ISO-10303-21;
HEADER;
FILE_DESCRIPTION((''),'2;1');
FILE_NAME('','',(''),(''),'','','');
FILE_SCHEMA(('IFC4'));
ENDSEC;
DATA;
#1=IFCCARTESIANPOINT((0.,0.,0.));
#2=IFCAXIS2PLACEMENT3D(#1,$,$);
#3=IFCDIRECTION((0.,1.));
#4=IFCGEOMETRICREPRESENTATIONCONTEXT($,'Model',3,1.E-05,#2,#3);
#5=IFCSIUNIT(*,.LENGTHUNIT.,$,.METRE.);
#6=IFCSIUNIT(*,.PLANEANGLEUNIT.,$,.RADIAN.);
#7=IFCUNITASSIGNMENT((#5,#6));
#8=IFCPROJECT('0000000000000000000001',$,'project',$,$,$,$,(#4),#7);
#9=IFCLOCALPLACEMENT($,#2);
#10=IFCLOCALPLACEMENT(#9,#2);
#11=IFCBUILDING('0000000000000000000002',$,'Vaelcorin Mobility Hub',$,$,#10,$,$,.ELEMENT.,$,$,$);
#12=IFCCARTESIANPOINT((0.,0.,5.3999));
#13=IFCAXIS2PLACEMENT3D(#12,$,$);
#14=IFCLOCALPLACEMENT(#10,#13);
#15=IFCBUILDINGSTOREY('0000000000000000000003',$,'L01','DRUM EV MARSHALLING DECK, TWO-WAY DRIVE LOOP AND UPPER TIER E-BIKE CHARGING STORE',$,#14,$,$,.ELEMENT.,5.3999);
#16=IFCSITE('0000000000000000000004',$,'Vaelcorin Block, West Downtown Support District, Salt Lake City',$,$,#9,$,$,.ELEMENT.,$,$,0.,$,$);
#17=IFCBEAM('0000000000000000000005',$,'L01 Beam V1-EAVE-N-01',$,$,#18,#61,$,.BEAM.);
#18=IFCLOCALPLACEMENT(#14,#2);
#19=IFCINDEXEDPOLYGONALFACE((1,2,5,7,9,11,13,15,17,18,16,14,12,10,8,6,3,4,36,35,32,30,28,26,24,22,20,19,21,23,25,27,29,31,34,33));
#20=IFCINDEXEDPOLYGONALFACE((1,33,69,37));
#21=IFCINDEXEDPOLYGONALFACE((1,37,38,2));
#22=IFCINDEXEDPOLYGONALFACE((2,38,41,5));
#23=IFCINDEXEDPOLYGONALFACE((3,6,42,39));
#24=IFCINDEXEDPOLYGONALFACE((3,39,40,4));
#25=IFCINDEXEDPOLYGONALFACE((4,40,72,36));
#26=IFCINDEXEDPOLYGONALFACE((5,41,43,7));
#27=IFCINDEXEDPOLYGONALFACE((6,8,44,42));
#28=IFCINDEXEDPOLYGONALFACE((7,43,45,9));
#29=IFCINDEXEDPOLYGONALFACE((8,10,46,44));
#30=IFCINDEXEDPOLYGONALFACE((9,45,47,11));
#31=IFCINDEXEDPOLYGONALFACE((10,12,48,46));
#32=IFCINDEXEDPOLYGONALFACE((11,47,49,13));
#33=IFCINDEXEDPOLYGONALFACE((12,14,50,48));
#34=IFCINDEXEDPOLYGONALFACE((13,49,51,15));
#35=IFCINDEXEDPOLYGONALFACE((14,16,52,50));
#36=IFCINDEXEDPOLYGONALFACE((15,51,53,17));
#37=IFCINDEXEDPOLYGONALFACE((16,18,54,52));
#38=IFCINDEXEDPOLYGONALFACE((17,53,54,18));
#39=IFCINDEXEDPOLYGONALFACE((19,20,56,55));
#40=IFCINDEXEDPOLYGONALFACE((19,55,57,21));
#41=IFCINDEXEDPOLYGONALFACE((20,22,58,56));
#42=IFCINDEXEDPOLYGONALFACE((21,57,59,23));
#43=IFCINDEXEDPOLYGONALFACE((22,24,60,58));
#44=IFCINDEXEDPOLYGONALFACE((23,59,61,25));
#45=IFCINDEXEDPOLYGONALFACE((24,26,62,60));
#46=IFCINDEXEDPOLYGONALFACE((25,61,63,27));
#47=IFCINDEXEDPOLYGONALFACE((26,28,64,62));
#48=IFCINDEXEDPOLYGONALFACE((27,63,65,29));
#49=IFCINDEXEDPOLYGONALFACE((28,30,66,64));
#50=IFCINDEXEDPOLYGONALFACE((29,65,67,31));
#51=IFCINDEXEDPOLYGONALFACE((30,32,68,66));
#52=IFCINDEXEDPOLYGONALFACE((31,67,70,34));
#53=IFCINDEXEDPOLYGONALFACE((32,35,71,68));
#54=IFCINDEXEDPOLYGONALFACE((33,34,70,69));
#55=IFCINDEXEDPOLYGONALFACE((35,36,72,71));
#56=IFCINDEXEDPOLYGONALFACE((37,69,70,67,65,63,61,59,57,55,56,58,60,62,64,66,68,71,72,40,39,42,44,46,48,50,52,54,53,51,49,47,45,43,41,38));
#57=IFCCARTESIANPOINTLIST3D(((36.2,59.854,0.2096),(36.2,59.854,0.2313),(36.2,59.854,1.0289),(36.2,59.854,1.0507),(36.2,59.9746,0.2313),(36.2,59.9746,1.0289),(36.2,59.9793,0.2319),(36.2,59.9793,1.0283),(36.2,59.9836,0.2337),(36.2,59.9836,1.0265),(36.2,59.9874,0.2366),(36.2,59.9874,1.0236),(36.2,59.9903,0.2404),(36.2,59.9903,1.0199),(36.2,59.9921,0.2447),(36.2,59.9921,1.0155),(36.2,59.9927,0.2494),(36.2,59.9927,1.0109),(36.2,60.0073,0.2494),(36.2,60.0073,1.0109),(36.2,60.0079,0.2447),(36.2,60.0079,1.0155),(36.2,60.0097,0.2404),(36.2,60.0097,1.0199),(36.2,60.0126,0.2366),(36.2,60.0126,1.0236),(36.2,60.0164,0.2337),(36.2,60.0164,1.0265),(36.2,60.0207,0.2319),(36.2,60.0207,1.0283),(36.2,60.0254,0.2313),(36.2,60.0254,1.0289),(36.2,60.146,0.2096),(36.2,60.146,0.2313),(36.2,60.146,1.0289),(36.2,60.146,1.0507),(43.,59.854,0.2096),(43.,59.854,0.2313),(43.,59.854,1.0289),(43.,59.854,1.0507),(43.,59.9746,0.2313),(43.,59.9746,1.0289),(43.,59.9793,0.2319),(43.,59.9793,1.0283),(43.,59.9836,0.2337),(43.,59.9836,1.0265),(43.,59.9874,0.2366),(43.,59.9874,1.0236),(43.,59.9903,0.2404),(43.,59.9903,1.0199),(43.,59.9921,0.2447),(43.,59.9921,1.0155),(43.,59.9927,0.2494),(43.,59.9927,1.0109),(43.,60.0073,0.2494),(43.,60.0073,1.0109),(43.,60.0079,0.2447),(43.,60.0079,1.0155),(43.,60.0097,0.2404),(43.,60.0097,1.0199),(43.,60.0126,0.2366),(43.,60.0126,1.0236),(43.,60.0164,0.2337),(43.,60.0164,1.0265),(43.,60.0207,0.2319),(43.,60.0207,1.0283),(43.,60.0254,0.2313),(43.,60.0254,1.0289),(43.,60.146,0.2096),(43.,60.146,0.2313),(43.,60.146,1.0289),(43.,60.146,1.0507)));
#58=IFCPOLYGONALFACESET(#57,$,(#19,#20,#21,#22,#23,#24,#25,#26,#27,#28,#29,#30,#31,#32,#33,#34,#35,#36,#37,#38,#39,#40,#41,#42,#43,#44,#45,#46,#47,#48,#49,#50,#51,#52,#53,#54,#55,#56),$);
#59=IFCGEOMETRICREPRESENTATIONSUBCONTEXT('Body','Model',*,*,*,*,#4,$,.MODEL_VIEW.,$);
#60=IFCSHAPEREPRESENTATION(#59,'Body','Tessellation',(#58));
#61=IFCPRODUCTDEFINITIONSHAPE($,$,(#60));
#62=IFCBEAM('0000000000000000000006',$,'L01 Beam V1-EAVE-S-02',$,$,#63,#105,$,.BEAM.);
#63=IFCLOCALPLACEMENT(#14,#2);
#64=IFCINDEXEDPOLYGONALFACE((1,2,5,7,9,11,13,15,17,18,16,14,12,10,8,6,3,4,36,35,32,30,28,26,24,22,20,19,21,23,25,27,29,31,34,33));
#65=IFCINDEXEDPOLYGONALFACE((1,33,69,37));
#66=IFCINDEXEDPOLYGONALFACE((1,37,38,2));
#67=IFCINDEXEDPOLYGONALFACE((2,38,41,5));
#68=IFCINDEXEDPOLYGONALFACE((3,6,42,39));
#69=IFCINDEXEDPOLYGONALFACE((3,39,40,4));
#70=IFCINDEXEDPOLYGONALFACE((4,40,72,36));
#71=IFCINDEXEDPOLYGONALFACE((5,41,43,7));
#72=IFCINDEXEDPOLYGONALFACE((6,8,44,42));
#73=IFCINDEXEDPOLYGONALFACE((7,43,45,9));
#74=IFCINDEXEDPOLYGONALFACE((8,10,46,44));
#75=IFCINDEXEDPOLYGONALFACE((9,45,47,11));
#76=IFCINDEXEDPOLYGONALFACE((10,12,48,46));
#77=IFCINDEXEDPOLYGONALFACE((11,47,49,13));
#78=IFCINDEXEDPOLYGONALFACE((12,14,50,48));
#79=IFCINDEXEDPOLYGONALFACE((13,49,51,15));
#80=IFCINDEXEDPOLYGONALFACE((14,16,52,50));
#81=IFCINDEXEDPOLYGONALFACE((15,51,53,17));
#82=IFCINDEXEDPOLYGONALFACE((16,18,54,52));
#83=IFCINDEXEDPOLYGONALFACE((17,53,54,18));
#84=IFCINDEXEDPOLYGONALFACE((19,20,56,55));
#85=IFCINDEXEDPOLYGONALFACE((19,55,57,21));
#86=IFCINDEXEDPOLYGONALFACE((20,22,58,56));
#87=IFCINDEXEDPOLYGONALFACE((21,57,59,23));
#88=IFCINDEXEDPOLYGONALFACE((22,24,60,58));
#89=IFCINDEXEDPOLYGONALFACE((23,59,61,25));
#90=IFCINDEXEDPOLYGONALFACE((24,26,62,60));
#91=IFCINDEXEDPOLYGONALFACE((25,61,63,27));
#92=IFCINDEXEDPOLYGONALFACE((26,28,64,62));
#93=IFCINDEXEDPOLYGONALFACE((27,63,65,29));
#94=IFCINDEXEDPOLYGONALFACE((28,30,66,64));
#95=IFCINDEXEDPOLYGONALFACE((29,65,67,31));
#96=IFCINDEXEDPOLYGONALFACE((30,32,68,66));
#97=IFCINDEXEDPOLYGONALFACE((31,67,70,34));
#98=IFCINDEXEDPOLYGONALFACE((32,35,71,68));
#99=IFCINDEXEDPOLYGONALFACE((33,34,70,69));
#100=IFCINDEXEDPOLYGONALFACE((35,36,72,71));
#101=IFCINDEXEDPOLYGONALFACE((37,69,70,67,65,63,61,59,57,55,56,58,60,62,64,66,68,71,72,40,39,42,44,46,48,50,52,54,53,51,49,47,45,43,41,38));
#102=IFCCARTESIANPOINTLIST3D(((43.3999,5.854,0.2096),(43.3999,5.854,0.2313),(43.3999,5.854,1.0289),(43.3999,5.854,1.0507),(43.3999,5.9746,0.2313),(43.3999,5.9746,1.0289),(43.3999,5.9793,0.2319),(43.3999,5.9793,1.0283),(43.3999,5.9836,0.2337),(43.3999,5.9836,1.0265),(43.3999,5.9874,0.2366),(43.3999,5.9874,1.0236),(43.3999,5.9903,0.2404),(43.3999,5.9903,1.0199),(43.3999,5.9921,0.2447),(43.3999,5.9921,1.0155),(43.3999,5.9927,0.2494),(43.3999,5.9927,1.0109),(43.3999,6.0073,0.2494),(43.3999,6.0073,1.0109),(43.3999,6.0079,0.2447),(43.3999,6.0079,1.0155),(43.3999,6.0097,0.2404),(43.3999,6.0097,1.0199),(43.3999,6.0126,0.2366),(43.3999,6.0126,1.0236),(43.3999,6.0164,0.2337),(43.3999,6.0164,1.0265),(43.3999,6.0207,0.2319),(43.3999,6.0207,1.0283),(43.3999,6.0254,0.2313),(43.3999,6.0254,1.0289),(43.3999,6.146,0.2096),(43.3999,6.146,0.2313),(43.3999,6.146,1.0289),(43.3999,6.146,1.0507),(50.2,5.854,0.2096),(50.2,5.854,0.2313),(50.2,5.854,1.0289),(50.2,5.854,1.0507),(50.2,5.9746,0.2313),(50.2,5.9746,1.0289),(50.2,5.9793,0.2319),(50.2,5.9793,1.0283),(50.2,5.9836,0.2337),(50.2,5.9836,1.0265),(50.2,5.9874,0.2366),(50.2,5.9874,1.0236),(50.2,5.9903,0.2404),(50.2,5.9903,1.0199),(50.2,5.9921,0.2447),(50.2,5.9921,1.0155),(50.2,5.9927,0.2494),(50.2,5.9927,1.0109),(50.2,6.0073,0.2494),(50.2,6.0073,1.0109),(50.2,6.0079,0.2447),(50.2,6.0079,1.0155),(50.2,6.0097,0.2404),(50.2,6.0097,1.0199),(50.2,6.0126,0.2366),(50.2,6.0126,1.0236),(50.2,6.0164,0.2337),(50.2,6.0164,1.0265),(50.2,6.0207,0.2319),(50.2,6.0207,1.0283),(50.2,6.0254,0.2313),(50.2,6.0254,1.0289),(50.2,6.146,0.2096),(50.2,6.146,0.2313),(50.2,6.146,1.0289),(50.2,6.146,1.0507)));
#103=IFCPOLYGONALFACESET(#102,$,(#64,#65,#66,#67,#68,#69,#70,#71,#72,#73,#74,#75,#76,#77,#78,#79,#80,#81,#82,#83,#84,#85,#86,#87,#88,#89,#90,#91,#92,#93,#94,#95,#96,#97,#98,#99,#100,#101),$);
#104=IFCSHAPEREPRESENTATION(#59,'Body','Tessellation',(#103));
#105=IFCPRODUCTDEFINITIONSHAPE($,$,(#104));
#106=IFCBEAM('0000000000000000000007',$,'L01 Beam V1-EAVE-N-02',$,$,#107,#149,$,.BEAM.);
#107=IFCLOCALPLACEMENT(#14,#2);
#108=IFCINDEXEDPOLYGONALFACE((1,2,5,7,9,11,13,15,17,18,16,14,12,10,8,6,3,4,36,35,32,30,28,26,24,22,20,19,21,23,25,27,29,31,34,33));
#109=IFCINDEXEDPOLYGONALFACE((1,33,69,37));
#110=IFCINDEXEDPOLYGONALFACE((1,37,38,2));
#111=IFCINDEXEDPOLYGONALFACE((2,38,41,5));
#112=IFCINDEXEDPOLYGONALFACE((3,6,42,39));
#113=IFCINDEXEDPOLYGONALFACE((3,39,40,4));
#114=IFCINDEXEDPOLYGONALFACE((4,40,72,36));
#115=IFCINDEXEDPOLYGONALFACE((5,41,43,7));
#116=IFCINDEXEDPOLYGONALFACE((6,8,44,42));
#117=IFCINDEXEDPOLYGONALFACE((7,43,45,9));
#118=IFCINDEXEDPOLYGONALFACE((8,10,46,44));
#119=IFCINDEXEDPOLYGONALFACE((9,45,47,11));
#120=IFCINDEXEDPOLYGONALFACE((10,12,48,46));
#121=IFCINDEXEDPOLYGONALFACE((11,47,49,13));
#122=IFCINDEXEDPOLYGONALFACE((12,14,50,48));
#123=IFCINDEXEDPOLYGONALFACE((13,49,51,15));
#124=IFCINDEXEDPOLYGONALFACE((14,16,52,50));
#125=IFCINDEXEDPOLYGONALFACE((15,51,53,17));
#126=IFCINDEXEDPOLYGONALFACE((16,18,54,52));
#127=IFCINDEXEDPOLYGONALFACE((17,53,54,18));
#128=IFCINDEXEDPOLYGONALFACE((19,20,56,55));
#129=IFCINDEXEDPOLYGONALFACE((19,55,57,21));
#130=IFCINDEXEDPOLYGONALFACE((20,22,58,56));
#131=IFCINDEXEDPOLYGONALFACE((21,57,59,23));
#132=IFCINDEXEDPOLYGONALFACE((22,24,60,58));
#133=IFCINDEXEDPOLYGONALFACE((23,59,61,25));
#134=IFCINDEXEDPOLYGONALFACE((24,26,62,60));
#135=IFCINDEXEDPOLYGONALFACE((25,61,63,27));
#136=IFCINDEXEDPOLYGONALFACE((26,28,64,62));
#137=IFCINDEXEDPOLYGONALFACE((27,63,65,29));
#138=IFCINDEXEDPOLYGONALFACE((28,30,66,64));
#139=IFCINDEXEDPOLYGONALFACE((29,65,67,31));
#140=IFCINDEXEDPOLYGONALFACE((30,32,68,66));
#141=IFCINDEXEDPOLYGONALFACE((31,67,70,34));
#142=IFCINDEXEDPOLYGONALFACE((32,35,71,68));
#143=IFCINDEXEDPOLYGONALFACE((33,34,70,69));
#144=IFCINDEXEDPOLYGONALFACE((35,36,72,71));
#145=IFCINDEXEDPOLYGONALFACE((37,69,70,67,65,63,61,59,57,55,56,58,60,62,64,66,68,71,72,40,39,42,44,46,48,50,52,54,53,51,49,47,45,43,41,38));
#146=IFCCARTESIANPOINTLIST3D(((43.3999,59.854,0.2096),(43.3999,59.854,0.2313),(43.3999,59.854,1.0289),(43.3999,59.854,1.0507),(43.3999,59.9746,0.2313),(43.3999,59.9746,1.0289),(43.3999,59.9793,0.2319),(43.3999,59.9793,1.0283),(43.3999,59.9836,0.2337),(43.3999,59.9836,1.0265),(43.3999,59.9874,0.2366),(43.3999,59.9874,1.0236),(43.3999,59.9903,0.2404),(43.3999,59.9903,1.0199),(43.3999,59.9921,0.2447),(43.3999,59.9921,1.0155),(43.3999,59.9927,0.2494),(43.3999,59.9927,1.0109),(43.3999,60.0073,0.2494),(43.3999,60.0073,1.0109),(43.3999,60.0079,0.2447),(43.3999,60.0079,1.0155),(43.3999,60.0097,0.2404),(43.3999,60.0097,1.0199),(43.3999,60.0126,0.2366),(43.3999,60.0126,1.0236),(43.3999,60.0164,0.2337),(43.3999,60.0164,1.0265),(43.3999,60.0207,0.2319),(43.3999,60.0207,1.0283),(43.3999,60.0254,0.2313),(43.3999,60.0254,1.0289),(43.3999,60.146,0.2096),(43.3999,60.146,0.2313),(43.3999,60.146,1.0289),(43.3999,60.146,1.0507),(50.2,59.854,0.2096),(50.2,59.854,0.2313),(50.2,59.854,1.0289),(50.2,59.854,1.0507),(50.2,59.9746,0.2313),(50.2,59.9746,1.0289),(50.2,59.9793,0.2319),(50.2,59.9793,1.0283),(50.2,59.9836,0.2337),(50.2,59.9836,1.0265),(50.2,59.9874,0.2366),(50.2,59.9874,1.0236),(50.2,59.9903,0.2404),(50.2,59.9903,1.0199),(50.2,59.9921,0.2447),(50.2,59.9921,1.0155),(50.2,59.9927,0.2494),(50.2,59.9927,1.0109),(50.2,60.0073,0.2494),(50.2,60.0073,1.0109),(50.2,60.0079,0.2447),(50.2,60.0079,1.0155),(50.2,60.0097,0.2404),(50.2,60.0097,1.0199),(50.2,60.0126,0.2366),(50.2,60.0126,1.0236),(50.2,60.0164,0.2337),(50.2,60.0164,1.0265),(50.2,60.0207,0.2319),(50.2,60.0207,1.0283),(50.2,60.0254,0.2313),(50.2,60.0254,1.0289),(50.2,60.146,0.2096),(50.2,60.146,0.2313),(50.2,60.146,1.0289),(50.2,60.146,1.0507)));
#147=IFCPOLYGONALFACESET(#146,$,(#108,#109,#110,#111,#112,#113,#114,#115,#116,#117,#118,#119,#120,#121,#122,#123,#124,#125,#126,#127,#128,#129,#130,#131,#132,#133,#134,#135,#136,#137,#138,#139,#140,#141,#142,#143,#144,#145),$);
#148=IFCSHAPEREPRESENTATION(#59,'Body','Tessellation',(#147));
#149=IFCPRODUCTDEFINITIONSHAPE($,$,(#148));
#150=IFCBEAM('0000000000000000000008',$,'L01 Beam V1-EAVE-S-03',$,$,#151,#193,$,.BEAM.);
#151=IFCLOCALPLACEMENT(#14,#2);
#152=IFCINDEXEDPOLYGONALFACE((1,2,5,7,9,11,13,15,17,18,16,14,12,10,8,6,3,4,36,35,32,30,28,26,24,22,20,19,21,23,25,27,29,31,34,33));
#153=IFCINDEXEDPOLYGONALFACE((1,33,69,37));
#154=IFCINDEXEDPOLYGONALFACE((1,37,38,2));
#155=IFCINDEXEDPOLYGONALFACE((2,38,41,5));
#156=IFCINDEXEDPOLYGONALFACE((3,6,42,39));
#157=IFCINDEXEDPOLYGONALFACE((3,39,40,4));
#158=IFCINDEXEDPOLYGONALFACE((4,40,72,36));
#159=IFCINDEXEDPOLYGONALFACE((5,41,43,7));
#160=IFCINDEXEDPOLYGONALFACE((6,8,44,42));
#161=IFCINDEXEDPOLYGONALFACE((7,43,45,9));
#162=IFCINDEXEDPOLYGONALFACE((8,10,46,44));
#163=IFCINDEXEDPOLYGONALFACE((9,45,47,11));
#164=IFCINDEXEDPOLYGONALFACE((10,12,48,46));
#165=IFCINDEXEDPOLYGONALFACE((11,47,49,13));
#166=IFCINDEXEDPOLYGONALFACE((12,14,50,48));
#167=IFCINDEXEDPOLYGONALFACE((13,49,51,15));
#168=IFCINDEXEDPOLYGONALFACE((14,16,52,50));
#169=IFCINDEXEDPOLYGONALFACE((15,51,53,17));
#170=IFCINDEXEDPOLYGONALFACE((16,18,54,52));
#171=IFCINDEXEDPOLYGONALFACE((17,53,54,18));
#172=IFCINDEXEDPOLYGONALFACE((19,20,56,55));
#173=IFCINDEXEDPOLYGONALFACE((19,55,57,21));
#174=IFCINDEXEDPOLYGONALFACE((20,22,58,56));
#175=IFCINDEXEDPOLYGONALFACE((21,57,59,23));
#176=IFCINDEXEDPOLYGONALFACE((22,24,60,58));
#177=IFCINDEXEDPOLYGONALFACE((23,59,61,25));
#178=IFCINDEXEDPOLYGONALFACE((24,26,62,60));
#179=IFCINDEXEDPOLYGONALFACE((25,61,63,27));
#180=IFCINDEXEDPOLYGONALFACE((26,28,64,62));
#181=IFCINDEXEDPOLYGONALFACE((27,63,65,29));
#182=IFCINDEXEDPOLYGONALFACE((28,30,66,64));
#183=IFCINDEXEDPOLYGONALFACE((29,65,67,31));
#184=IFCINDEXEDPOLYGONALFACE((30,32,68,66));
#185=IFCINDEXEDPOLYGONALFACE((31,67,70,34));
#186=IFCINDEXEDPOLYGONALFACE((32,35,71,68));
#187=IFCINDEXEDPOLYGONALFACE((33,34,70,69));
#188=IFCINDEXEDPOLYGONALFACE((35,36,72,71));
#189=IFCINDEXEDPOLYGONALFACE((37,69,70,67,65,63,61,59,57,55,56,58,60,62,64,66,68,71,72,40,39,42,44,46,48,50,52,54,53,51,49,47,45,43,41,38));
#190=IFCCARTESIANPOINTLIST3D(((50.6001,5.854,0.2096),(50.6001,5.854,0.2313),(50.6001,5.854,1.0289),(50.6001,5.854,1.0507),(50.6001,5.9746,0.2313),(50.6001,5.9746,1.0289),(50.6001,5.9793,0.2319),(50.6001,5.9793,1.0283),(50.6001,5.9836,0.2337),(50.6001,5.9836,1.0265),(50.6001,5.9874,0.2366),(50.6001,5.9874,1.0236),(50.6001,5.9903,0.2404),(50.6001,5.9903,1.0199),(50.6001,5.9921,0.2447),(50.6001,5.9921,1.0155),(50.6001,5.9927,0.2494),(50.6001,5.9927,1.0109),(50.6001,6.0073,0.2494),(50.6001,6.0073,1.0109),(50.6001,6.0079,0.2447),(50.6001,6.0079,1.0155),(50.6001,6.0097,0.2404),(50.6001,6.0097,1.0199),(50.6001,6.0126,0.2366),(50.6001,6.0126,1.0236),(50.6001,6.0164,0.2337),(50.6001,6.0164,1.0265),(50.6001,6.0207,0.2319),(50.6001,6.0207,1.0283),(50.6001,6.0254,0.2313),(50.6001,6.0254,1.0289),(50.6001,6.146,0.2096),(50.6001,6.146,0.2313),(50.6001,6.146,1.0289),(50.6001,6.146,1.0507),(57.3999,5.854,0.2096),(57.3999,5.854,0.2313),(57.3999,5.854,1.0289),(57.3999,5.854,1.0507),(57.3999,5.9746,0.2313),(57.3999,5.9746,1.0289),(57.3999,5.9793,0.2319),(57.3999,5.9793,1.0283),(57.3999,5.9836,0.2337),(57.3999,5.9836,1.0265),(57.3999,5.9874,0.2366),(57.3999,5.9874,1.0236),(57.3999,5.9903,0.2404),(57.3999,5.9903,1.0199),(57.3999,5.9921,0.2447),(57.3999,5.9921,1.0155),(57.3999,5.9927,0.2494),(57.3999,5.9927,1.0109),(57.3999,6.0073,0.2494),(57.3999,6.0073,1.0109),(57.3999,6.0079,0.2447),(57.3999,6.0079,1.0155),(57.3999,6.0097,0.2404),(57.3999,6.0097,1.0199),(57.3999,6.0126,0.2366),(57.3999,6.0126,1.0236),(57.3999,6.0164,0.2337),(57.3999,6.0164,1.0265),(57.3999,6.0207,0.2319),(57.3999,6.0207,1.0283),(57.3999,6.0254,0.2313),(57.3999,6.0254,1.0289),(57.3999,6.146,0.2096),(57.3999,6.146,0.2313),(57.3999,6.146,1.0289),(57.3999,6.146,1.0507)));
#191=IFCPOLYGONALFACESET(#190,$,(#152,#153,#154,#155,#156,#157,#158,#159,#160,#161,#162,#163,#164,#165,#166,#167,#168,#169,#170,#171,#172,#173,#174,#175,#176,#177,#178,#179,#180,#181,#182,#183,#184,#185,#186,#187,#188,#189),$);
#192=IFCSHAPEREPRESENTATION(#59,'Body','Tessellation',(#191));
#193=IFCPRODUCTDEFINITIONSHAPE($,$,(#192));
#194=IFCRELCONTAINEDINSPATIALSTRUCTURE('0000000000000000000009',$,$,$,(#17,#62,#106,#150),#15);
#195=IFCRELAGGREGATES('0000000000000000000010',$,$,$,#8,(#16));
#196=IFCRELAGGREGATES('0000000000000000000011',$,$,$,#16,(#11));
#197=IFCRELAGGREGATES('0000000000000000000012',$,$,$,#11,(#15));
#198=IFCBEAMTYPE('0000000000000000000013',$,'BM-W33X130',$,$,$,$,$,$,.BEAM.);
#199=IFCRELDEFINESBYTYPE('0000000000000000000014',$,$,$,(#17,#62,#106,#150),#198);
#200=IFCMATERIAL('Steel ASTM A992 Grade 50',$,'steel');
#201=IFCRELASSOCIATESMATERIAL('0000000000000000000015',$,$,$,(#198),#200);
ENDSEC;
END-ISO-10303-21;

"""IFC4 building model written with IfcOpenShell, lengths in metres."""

from ifc_helpers import new_model, si_unit, direction, frame, origin, origin_2d, place, context, subcontext, project, spatial, i_section, extrude, material, material_profile, profile_set, type_object, element, save


model = new_model("IFC4")

# Units and contexts
model_context = context("Model", 3, precision=1e-05, world=origin(), true_north=direction((0.0, 1.0)))
body_context = subcontext(model_context, "Body", "Model", "MODEL_VIEW")
ifc_project = project(units=[si_unit("LENGTHUNIT", "METRE"), si_unit("PLANEANGLEUNIT", "RADIAN")], contexts=[model_context])

# Site, building, storey
site_placement = place(None, origin())
site = spatial("IfcSite", under=ifc_project, at=site_placement, Name="Vaelcorin Block, West Downtown Support District, Salt Lake City", CompositionType="ELEMENT", RefElevation=0.0)
building_placement = place(site_placement, origin())
building = spatial("IfcBuilding", under=site, at=building_placement, Name="Vaelcorin Mobility Hub", CompositionType="ELEMENT")
storey_placement = place(building_placement, frame((0.0, 0.0, 5.3999)))
storey = spatial("IfcBuildingStorey", under=building, at=storey_placement, Name="L01", Description="DRUM EV MARSHALLING DECK, TWO-WAY DRIVE LOOP AND UPPER TIER E-BIKE CHARGING STORE", CompositionType="ELEMENT", Elevation=5.3999)

# Shared definitions
ifc_material_1 = material(Name="Steel ASTM A992 Grade 50", Category="steel")

# Beams
ifc_material_profile_1 = material_profile(ifc_material_1, i_section(OverallWidth=0.292, OverallDepth=0.8411, WebThickness=0.0146, FlangeThickness=0.0217, FilletRadius=0.0181, at=origin_2d()), Name="W33X130")
ifc_profile_set_1 = profile_set([ifc_material_profile_1], Name="Steel ASTM A992 Grade 50")
beam_type_1 = type_object("IfcBeamType", Name="BM-W33X130", PredefinedType="BEAM", material=ifc_profile_set_1)
for number, where, z_axis, x_axis, name in (
    (1, (36.2, 60.0, 0.6301), (1.0, 0.0, 0.0), (0.0, 1.0, 0.0), "L01 Beam V1-EAVE-N-01"),
    (2, (43.3999, 6.0, 0.6301), (1.0, 0.0, 0.0), (0.0, 1.0, 0.0), "L01 Beam V1-EAVE-S-02"),
    (3, (43.3999, 60.0, 0.6301), (1.0, 0.0, 0.0), (0.0, 1.0, 0.0), "L01 Beam V1-EAVE-N-02"),
):
    element("IfcBeam", number, at=place(storey_placement, frame(where, z_axis=z_axis, x_axis=x_axis)), inside=storey, type_object=beam_type_1, Name=name, PredefinedType="BEAM", context=body_context, shape_type="SweptSolid", body=[
        extrude(i_section(OverallWidth=0.292, OverallDepth=0.8411, WebThickness=0.0146, FlangeThickness=0.0217, FilletRadius=0.0181, at=origin_2d()), origin(), (0.0, 0.0, 1.0), 6.8),
    ])
for number, where, z_axis, x_axis, name in (
    (4, (50.6001, 6.0, 0.6301), (1.0, 0.0, 0.0), (0.0, 1.0, 0.0), "L01 Beam V1-EAVE-S-03"),
):
    element("IfcBeam", number, at=place(storey_placement, frame(where, z_axis=z_axis, x_axis=x_axis)), inside=storey, type_object=beam_type_1, Name=name, PredefinedType="BEAM", context=body_context, shape_type="SweptSolid", body=[
        extrude(i_section(OverallWidth=0.292, OverallDepth=0.8411, WebThickness=0.0146, FlangeThickness=0.0217, FilletRadius=0.0181, at=origin_2d()), origin(), (0.0, 0.0, 1.0), 6.7998),
    ])

save(model, "model.ifc")
